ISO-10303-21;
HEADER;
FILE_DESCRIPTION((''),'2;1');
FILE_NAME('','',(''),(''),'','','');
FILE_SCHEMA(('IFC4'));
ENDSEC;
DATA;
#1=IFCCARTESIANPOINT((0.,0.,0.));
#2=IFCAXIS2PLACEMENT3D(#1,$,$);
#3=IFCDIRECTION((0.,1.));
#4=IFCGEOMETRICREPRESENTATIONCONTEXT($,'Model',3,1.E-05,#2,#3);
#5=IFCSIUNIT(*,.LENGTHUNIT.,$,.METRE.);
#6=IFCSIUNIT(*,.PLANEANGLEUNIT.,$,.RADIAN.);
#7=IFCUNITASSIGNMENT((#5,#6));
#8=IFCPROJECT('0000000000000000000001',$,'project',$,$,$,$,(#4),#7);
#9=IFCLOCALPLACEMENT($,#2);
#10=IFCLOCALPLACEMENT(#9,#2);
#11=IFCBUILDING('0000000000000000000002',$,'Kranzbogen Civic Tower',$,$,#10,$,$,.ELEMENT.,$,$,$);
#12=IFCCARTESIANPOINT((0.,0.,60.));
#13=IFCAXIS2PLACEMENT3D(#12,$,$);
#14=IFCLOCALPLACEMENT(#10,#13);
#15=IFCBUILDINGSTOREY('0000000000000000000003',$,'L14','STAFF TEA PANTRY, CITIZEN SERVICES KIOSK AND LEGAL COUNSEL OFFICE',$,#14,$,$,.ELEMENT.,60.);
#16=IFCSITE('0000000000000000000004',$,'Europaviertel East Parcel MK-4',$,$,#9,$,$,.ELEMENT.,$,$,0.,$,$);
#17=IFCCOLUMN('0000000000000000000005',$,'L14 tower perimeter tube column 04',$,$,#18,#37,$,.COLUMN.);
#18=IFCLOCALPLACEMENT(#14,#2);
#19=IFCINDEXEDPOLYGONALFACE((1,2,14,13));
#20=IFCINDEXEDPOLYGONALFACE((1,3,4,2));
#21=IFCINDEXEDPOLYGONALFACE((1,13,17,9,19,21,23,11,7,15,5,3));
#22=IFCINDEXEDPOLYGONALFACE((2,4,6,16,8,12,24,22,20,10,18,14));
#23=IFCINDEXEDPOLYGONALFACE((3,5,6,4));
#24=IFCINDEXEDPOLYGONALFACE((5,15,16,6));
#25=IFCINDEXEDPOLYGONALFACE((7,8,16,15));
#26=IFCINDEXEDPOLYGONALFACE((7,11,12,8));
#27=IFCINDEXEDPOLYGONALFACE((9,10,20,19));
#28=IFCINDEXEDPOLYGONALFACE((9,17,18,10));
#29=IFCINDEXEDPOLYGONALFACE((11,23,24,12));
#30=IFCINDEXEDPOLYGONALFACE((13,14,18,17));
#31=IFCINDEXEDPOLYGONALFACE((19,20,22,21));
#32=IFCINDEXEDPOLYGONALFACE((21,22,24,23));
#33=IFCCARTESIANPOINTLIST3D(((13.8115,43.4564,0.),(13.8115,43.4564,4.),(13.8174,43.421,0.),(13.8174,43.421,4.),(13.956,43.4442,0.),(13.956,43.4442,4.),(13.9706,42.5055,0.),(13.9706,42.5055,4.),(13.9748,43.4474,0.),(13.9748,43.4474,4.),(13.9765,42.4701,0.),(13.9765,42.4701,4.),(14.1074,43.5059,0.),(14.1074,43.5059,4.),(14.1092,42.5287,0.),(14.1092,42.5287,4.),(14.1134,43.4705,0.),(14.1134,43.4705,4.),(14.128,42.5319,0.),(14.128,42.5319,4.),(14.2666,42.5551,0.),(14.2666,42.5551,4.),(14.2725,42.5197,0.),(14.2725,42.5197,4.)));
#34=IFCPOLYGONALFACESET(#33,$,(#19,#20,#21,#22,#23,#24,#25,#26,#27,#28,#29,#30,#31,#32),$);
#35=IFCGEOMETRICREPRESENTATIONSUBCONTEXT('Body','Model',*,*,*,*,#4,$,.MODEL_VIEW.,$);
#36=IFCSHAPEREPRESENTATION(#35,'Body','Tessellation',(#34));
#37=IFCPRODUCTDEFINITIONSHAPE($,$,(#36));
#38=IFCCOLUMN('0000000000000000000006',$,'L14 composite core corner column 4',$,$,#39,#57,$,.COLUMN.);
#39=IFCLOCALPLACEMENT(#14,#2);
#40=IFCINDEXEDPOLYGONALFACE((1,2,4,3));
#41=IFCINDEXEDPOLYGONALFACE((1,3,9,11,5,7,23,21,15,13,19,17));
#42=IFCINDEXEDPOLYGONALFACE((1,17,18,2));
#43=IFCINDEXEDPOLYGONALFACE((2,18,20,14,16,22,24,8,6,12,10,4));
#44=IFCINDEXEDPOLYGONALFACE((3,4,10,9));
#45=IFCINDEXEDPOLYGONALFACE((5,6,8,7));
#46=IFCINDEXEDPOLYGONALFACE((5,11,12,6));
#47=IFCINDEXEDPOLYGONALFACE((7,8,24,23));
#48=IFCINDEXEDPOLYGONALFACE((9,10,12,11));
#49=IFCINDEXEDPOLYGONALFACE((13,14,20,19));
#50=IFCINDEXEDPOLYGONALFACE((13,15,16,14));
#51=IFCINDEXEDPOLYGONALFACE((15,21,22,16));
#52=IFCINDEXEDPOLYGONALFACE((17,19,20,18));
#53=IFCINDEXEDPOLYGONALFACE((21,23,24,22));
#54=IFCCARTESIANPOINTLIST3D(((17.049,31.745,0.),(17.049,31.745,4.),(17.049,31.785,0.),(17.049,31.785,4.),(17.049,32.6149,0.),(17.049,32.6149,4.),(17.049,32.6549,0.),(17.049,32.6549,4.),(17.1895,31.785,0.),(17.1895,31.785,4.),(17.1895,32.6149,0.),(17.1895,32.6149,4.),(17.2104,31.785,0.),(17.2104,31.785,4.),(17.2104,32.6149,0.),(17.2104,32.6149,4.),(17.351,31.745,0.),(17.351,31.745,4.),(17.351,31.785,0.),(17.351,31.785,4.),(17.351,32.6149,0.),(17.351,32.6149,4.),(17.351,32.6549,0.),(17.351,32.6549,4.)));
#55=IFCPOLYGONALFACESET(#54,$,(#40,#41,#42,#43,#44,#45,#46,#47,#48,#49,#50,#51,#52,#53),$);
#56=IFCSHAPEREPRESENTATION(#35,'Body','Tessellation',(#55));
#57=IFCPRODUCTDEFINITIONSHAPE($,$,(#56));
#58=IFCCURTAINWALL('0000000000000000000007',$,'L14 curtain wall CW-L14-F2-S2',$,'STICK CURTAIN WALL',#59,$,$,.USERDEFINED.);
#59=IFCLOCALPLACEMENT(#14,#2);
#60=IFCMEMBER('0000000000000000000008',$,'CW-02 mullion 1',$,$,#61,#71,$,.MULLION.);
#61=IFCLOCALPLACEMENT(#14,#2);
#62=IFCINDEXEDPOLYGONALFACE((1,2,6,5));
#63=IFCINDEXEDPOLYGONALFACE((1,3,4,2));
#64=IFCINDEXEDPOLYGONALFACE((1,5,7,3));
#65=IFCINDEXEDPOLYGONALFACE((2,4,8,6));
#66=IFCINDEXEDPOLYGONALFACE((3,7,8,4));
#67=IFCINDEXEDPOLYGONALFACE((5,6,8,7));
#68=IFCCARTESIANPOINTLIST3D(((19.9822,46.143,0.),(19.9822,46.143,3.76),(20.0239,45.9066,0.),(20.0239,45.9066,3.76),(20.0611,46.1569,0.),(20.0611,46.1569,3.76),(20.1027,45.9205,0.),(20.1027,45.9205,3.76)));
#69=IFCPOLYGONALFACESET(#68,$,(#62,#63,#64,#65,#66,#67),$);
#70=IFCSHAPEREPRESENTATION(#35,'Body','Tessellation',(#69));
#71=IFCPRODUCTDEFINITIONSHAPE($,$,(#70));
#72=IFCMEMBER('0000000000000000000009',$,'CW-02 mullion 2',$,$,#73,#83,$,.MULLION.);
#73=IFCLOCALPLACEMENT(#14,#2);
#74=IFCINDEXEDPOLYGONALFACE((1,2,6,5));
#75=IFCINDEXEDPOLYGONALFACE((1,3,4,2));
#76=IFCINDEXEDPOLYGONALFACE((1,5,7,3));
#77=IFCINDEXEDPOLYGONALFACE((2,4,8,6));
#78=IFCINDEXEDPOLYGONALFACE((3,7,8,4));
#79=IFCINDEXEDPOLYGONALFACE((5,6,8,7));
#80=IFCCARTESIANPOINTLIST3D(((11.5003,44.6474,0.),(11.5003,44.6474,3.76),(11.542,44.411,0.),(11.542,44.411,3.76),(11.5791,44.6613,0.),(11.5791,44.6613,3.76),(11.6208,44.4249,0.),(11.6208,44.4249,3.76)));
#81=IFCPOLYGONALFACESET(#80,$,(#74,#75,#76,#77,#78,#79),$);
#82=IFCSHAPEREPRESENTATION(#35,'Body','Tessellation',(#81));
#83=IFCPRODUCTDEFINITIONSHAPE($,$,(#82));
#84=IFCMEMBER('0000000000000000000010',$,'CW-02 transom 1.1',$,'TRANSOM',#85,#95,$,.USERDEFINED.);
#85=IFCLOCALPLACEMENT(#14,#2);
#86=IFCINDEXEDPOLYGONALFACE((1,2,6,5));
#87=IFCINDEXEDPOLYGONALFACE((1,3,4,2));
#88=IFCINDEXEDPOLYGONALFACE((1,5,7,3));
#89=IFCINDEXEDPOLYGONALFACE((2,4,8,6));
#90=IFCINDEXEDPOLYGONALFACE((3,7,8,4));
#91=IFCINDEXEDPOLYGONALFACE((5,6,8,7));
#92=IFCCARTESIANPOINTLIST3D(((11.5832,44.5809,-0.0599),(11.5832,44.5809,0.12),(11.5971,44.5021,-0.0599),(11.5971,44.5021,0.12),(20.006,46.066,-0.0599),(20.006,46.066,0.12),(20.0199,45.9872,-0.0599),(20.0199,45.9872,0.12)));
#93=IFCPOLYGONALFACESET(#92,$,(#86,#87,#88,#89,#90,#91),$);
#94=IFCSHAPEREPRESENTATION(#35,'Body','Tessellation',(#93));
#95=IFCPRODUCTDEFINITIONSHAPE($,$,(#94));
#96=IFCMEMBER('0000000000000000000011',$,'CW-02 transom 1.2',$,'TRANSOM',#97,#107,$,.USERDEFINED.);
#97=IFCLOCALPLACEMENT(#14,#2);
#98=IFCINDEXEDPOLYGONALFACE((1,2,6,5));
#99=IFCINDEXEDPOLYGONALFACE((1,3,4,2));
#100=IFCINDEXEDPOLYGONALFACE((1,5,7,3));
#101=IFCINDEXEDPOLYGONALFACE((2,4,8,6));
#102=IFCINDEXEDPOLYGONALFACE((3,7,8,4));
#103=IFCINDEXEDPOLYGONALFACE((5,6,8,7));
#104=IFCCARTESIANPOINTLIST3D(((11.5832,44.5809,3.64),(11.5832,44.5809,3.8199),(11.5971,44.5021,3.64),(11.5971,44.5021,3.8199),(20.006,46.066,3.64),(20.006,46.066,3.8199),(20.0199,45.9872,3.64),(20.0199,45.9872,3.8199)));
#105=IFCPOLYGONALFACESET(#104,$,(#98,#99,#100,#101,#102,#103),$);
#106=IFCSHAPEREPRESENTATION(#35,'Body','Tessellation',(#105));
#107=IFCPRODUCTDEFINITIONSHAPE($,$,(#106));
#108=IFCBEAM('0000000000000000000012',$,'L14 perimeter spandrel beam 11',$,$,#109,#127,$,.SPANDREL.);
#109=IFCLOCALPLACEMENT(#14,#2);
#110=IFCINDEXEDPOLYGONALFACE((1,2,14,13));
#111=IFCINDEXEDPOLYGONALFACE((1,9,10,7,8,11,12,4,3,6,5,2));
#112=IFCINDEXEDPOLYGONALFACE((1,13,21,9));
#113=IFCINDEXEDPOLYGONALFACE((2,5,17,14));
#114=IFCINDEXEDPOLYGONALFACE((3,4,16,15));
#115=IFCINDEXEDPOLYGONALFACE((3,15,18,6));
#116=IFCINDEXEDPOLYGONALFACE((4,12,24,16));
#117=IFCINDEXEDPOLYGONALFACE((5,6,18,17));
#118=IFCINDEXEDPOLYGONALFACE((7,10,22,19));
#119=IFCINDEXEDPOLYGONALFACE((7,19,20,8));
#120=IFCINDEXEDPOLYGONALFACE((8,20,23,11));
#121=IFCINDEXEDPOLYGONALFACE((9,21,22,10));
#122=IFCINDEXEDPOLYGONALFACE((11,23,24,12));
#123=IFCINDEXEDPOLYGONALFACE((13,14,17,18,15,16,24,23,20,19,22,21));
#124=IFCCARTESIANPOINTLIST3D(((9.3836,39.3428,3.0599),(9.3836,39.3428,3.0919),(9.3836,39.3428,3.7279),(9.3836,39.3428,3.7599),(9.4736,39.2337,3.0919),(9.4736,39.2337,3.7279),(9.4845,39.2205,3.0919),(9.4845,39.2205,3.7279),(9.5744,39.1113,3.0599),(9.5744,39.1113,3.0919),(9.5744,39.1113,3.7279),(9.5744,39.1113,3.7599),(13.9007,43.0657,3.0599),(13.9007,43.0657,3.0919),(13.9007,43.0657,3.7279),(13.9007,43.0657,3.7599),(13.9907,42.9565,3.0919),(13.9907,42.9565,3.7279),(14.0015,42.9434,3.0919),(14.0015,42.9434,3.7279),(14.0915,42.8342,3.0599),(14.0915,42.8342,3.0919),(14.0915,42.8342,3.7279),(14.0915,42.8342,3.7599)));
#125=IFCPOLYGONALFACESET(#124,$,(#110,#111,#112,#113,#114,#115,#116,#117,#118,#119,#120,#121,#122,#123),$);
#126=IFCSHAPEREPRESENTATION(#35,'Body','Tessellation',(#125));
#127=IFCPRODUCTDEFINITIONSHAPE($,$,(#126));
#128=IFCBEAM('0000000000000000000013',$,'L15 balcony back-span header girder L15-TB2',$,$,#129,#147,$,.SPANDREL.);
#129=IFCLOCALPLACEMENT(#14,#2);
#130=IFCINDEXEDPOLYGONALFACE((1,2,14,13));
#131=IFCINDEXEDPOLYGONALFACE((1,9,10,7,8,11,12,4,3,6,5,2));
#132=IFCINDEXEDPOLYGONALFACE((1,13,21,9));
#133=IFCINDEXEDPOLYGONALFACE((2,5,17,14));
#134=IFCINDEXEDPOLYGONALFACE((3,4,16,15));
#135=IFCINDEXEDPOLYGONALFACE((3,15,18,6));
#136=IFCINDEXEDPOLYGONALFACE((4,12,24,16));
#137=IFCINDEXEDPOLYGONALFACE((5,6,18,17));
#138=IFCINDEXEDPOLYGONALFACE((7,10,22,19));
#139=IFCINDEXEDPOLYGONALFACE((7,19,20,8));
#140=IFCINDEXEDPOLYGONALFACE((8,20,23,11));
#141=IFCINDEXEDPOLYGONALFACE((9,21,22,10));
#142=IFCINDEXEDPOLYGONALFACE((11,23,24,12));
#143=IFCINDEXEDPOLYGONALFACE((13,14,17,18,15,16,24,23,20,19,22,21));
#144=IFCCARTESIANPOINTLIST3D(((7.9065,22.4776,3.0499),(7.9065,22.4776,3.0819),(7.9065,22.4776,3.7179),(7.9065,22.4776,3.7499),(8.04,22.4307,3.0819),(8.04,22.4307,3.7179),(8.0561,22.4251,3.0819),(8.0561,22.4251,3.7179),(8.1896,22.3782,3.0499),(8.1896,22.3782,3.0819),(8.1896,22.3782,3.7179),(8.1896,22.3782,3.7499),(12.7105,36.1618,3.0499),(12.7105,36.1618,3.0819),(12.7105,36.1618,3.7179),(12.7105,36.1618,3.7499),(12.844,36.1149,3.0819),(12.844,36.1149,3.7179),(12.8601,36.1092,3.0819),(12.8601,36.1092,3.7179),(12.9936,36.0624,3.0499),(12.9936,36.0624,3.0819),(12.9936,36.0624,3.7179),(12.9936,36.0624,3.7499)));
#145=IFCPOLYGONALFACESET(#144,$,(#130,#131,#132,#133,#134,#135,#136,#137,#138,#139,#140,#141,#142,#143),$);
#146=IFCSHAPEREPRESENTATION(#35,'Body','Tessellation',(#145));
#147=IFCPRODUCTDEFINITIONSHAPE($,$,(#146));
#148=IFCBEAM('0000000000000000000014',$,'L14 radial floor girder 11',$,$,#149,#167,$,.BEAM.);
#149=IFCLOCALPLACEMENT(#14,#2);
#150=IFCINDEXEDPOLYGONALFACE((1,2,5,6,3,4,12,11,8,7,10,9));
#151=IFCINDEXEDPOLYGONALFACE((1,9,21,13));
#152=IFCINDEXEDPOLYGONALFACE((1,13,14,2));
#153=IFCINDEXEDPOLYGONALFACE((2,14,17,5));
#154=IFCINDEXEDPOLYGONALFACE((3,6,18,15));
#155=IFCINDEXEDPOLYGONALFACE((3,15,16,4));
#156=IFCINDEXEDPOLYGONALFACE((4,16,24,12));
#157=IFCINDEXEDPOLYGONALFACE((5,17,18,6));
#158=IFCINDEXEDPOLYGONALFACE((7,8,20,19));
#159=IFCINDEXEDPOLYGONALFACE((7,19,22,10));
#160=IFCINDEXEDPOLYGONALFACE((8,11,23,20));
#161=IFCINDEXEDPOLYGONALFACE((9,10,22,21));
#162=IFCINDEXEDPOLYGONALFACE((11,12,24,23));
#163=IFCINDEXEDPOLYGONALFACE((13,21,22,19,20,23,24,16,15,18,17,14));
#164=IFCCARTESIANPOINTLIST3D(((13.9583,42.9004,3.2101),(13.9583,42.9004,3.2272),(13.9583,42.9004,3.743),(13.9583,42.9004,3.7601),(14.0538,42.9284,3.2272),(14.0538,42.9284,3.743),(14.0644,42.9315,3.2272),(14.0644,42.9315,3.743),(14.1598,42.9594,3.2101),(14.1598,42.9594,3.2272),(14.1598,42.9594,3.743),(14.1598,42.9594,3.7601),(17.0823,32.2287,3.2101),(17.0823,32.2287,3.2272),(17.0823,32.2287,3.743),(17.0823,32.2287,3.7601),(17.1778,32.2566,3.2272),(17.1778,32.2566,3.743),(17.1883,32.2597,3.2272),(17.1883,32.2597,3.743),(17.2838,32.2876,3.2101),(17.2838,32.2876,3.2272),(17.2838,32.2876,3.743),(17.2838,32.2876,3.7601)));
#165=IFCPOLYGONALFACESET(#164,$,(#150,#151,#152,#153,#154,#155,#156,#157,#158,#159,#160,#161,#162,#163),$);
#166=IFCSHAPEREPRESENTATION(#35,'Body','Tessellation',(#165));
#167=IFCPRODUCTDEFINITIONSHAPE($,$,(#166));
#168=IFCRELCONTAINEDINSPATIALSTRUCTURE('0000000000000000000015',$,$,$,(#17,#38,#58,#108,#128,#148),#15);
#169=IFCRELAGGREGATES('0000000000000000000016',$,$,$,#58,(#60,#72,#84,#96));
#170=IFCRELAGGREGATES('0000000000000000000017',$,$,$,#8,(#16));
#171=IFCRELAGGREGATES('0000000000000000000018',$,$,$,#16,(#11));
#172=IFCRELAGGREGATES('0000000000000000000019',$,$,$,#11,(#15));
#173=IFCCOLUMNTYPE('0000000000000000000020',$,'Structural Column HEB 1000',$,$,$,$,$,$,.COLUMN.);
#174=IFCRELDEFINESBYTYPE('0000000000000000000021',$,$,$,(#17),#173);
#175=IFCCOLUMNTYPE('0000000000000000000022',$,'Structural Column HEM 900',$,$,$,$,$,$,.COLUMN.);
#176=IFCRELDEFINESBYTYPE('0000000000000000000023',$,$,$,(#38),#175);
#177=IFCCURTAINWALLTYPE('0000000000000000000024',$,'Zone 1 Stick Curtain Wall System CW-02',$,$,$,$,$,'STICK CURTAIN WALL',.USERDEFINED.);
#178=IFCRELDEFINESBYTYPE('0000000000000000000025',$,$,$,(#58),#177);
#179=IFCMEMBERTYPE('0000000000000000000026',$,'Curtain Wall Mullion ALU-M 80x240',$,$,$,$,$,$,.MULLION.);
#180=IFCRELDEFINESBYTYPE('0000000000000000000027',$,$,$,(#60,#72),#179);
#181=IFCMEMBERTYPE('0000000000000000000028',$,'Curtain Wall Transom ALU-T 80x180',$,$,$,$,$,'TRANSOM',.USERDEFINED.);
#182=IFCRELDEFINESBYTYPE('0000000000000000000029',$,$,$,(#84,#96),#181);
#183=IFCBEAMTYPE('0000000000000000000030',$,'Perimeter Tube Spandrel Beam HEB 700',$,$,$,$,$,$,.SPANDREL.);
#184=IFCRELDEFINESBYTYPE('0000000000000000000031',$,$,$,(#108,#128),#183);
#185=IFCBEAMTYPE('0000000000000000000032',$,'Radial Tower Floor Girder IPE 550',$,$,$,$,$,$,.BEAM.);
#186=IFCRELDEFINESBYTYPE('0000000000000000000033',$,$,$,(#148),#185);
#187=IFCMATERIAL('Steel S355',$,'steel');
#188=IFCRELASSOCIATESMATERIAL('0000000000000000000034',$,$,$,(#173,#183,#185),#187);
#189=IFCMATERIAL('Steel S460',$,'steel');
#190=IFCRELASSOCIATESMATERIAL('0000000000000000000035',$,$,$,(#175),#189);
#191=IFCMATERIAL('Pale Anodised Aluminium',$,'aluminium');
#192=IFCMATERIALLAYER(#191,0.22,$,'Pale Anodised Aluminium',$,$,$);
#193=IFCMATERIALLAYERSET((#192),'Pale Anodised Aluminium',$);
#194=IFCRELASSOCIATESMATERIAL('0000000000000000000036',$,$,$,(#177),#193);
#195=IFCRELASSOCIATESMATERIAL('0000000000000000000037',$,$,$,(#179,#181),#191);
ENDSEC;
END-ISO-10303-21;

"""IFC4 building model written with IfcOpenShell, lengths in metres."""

from ifc_helpers import new_model, si_unit, direction, frame, origin, origin_2d, place, context, subcontext, project, spatial, rectangle, i_section, extrude, material, layer, layer_set, material_profile, profile_set, type_object, element, aggregate, save


model = new_model("IFC4")

# Units and contexts
model_context = context("Model", 3, precision=1e-05, world=origin(), true_north=direction((0.0, 1.0)))
body_context = subcontext(model_context, "Body", "Model", "MODEL_VIEW")
ifc_project = project(units=[si_unit("LENGTHUNIT", "METRE"), si_unit("PLANEANGLEUNIT", "RADIAN")], contexts=[model_context])

# Site, building, storey
site_placement = place(None, origin())
site = spatial("IfcSite", under=ifc_project, at=site_placement, Name="Europaviertel East Parcel MK-4", CompositionType="ELEMENT", RefElevation=0.0)
building_placement = place(site_placement, origin())
building = spatial("IfcBuilding", under=site, at=building_placement, Name="Kranzbogen Civic Tower", CompositionType="ELEMENT")
storey_placement = place(building_placement, frame((0.0, 0.0, 60.0)))
storey = spatial("IfcBuildingStorey", under=building, at=storey_placement, Name="L14", Description="STAFF TEA PANTRY, CITIZEN SERVICES KIOSK AND LEGAL COUNSEL OFFICE", CompositionType="ELEMENT", Elevation=60.0)

# Columns
ifc_material_1 = material(Name="Steel S355", Category="steel")
ifc_material_profile_1 = material_profile(ifc_material_1, i_section(OverallWidth=0.3, OverallDepth=1.0, WebThickness=0.019, FlangeThickness=0.0359, at=origin_2d()), Name="HEB 1000")
ifc_profile_set_1 = profile_set([ifc_material_profile_1], Name="Steel S355")
column_type_1 = type_object("IfcColumnType", Name="Structural Column HEB 1000", PredefinedType="COLUMN", material=ifc_profile_set_1)
column_1_placement = place(storey_placement, frame((14.042, 42.988, 0.0), z_axis=(0.0, 0.0, 1.0), x_axis=(0.986286, 0.165048, 0.0)))
element("IfcColumn", 1, at=column_1_placement, inside=storey, type_object=column_type_1, Name="L14 tower perimeter tube column 04", PredefinedType="COLUMN", context=body_context, shape_type="SweptSolid", body=[
    extrude(i_section(OverallWidth=0.3, OverallDepth=1.0, WebThickness=0.019, FlangeThickness=0.0359, at=origin_2d()), origin(), (0.0, 0.0, 1.0), 4.0),
])
ifc_material_2 = material(Name="Steel S460", Category="steel")
ifc_material_profile_2 = material_profile(ifc_material_2, i_section(OverallWidth=0.302, OverallDepth=0.9099, WebThickness=0.021, FlangeThickness=0.04, at=origin_2d()), Name="HEM 900")
ifc_profile_set_2 = profile_set([ifc_material_profile_2], Name="Steel S460")
column_type_2 = type_object("IfcColumnType", Name="Structural Column HEM 900", PredefinedType="COLUMN", material=ifc_profile_set_2)
column_2_placement = place(storey_placement, frame((17.2, 32.2, 0.0), z_axis=(0.0, 0.0, 1.0), x_axis=(1.0, 0.0, 0.0)))
element("IfcColumn", 2, at=column_2_placement, inside=storey, type_object=column_type_2, Name="L14 composite core corner column 4", PredefinedType="COLUMN", context=body_context, shape_type="SweptSolid", body=[
    extrude(i_section(OverallWidth=0.302, OverallDepth=0.9099, WebThickness=0.021, FlangeThickness=0.04, at=origin_2d()), origin(), (0.0, 0.0, 1.0), 4.0),
])

# Curtain wall, members
ifc_material_3 = material(Name="Pale Anodised Aluminium", Category="aluminium")
ifc_layer_1 = layer(ifc_material_3, 0.22, Name="Pale Anodised Aluminium")
ifc_layer_set_1 = layer_set([ifc_layer_1], Name="Pale Anodised Aluminium")
curtain_wall_type = type_object("IfcCurtainWallType", Name="Zone 1 Stick Curtain Wall System CW-02", ElementType="STICK CURTAIN WALL", PredefinedType="USERDEFINED", material=ifc_layer_set_1)
curtain_wall_placement = place(storey_placement, origin())
curtain_wall = element("IfcCurtainWall", 3, at=curtain_wall_placement, inside=storey, type_object=curtain_wall_type, Name="L14 curtain wall CW-L14-F2-S2", ObjectType="STICK CURTAIN WALL", PredefinedType="USERDEFINED")
ifc_material_profile_3 = material_profile(ifc_material_3, rectangle(XDim=0.0801, YDim=0.24, at=origin_2d()), Name="ALU-M 80x240")
ifc_profile_set_3 = profile_set([ifc_material_profile_3], Name="Pale Anodised Aluminium")
member_type_1 = type_object("IfcMemberType", Name="Curtain Wall Mullion ALU-M 80x240", PredefinedType="MULLION", material=ifc_profile_set_3)
member_1_placement = place(storey_placement, frame((20.0425, 46.0317, 0.0), z_axis=(0.0, 0.0, 1.0), x_axis=(-0.984808, -0.173647, 0.0)))
member_1 = element("IfcMember", 4, at=member_1_placement, type_object=member_type_1, Name="CW-02 mullion 1", PredefinedType="MULLION", context=body_context, shape_type="SweptSolid", body=[
    extrude(rectangle(XDim=0.0801, YDim=0.24, at=origin_2d()), origin(), (0.0, 0.0, 1.0), 3.76),
])
member_2_placement = place(storey_placement, frame((11.5605, 44.5361, 0.0), z_axis=(0.0, 0.0, 1.0), x_axis=(-0.984808, -0.173647, 0.0)))
member_2 = element("IfcMember", 5, at=member_2_placement, type_object=member_type_1, Name="CW-02 mullion 2", PredefinedType="MULLION", context=body_context, shape_type="SweptSolid", body=[
    extrude(rectangle(XDim=0.0801, YDim=0.24, at=origin_2d()), origin(), (0.0, 0.0, 1.0), 3.76),
])
ifc_material_profile_4 = material_profile(ifc_material_3, rectangle(XDim=0.0801, YDim=0.1799, at=origin_2d()), Name="ALU-T 80x180")
ifc_profile_set_4 = profile_set([ifc_material_profile_4], Name="Pale Anodised Aluminium")
member_type_2 = type_object("IfcMemberType", Name="Curtain Wall Transom ALU-T 80x180", ElementType="TRANSOM", PredefinedType="USERDEFINED", material=ifc_profile_set_4)
member_3_placement = place(storey_placement, frame((20.0129, 46.0266, 0.03), z_axis=(-0.984809, -0.17364, 0.0), x_axis=(0.17364, -0.984809, 0.0)))
member_3 = element("IfcMember", 6, at=member_3_placement, type_object=member_type_2, Name="CW-02 transom 1.1", ObjectType="TRANSOM", PredefinedType="USERDEFINED", context=body_context, shape_type="SweptSolid", body=[
    extrude(rectangle(XDim=0.0801, YDim=0.1799, at=origin_2d()), origin(), (0.0, 0.0, 1.0), 8.5527),
])
member_4_placement = place(storey_placement, frame((20.0129, 46.0266, 3.73), z_axis=(-0.984809, -0.17364, 0.0), x_axis=(0.17364, -0.984809, 0.0)))
member_4 = element("IfcMember", 7, at=member_4_placement, type_object=member_type_2, Name="CW-02 transom 1.2", ObjectType="TRANSOM", PredefinedType="USERDEFINED", context=body_context, shape_type="SweptSolid", body=[
    extrude(rectangle(XDim=0.0801, YDim=0.1799, at=origin_2d()), origin(), (0.0, 0.0, 1.0), 8.5527),
])

# Beams
ifc_material_profile_5 = material_profile(ifc_material_1, i_section(OverallWidth=0.3, OverallDepth=0.7, WebThickness=0.0171, FlangeThickness=0.032, at=origin_2d()), Name="HEB 700")
ifc_profile_set_5 = profile_set([ifc_material_profile_5], Name="Steel S355")
beam_type_1 = type_object("IfcBeamType", Name="Perimeter Tube Spandrel Beam HEB 700", PredefinedType="SPANDREL", material=ifc_profile_set_5)
beam_1_placement = place(storey_placement, frame((13.9961, 42.95, 3.4099), z_axis=(-0.771683, -0.636007, 0.0), x_axis=(0.636007, -0.771683, 0.0)))
element("IfcBeam", 8, at=beam_1_placement, inside=storey, type_object=beam_type_1, Name="L14 perimeter spandrel beam 11", PredefinedType="SPANDREL", context=body_context, shape_type="SweptSolid", body=[
    extrude(i_section(OverallWidth=0.3, OverallDepth=0.7, WebThickness=0.0171, FlangeThickness=0.032, at=origin_2d()), origin(), (0.0, 0.0, 1.0), 5.8535),
])
beam_2_placement = place(storey_placement, frame((12.8521, 36.1121, 3.3999), z_axis=(-0.331243, -0.943546, 0.0), x_axis=(0.943546, -0.331243, 0.0)))
element("IfcBeam", 9, at=beam_2_placement, inside=storey, type_object=beam_type_1, Name="L15 balcony back-span header girder L15-TB2", PredefinedType="SPANDREL", context=body_context, shape_type="SweptSolid", body=[
    extrude(i_section(OverallWidth=0.3, OverallDepth=0.7, WebThickness=0.0171, FlangeThickness=0.032, at=origin_2d()), origin(), (0.0, 0.0, 1.0), 14.5029),
])
ifc_material_profile_6 = material_profile(ifc_material_1, i_section(OverallWidth=0.21, OverallDepth=0.55, WebThickness=0.011, FlangeThickness=0.0171, at=origin_2d()), Name="IPE 550")
ifc_profile_set_6 = profile_set([ifc_material_profile_6], Name="Steel S355")
beam_type_2 = type_object("IfcBeamType", Name="Radial Tower Floor Girder IPE 550", PredefinedType="BEAM", material=ifc_profile_set_6)
beam_3_placement = place(storey_placement, frame((14.0591, 42.9299, 3.4851), z_axis=(0.280944, -0.959724, 0.0), x_axis=(0.959724, 0.280944, 0.0)))
element("IfcBeam", 10, at=beam_3_placement, inside=storey, type_object=beam_type_2, Name="L14 radial floor girder 11", PredefinedType="BEAM", context=body_context, shape_type="SweptSolid", body=[
    extrude(i_section(OverallWidth=0.21, OverallDepth=0.55, WebThickness=0.011, FlangeThickness=0.0171, at=origin_2d()), origin(), (0.0, 0.0, 1.0), 11.1196),
])

aggregate(curtain_wall, [member_1, member_2, member_3, member_4])

save(model, "model.ifc")
